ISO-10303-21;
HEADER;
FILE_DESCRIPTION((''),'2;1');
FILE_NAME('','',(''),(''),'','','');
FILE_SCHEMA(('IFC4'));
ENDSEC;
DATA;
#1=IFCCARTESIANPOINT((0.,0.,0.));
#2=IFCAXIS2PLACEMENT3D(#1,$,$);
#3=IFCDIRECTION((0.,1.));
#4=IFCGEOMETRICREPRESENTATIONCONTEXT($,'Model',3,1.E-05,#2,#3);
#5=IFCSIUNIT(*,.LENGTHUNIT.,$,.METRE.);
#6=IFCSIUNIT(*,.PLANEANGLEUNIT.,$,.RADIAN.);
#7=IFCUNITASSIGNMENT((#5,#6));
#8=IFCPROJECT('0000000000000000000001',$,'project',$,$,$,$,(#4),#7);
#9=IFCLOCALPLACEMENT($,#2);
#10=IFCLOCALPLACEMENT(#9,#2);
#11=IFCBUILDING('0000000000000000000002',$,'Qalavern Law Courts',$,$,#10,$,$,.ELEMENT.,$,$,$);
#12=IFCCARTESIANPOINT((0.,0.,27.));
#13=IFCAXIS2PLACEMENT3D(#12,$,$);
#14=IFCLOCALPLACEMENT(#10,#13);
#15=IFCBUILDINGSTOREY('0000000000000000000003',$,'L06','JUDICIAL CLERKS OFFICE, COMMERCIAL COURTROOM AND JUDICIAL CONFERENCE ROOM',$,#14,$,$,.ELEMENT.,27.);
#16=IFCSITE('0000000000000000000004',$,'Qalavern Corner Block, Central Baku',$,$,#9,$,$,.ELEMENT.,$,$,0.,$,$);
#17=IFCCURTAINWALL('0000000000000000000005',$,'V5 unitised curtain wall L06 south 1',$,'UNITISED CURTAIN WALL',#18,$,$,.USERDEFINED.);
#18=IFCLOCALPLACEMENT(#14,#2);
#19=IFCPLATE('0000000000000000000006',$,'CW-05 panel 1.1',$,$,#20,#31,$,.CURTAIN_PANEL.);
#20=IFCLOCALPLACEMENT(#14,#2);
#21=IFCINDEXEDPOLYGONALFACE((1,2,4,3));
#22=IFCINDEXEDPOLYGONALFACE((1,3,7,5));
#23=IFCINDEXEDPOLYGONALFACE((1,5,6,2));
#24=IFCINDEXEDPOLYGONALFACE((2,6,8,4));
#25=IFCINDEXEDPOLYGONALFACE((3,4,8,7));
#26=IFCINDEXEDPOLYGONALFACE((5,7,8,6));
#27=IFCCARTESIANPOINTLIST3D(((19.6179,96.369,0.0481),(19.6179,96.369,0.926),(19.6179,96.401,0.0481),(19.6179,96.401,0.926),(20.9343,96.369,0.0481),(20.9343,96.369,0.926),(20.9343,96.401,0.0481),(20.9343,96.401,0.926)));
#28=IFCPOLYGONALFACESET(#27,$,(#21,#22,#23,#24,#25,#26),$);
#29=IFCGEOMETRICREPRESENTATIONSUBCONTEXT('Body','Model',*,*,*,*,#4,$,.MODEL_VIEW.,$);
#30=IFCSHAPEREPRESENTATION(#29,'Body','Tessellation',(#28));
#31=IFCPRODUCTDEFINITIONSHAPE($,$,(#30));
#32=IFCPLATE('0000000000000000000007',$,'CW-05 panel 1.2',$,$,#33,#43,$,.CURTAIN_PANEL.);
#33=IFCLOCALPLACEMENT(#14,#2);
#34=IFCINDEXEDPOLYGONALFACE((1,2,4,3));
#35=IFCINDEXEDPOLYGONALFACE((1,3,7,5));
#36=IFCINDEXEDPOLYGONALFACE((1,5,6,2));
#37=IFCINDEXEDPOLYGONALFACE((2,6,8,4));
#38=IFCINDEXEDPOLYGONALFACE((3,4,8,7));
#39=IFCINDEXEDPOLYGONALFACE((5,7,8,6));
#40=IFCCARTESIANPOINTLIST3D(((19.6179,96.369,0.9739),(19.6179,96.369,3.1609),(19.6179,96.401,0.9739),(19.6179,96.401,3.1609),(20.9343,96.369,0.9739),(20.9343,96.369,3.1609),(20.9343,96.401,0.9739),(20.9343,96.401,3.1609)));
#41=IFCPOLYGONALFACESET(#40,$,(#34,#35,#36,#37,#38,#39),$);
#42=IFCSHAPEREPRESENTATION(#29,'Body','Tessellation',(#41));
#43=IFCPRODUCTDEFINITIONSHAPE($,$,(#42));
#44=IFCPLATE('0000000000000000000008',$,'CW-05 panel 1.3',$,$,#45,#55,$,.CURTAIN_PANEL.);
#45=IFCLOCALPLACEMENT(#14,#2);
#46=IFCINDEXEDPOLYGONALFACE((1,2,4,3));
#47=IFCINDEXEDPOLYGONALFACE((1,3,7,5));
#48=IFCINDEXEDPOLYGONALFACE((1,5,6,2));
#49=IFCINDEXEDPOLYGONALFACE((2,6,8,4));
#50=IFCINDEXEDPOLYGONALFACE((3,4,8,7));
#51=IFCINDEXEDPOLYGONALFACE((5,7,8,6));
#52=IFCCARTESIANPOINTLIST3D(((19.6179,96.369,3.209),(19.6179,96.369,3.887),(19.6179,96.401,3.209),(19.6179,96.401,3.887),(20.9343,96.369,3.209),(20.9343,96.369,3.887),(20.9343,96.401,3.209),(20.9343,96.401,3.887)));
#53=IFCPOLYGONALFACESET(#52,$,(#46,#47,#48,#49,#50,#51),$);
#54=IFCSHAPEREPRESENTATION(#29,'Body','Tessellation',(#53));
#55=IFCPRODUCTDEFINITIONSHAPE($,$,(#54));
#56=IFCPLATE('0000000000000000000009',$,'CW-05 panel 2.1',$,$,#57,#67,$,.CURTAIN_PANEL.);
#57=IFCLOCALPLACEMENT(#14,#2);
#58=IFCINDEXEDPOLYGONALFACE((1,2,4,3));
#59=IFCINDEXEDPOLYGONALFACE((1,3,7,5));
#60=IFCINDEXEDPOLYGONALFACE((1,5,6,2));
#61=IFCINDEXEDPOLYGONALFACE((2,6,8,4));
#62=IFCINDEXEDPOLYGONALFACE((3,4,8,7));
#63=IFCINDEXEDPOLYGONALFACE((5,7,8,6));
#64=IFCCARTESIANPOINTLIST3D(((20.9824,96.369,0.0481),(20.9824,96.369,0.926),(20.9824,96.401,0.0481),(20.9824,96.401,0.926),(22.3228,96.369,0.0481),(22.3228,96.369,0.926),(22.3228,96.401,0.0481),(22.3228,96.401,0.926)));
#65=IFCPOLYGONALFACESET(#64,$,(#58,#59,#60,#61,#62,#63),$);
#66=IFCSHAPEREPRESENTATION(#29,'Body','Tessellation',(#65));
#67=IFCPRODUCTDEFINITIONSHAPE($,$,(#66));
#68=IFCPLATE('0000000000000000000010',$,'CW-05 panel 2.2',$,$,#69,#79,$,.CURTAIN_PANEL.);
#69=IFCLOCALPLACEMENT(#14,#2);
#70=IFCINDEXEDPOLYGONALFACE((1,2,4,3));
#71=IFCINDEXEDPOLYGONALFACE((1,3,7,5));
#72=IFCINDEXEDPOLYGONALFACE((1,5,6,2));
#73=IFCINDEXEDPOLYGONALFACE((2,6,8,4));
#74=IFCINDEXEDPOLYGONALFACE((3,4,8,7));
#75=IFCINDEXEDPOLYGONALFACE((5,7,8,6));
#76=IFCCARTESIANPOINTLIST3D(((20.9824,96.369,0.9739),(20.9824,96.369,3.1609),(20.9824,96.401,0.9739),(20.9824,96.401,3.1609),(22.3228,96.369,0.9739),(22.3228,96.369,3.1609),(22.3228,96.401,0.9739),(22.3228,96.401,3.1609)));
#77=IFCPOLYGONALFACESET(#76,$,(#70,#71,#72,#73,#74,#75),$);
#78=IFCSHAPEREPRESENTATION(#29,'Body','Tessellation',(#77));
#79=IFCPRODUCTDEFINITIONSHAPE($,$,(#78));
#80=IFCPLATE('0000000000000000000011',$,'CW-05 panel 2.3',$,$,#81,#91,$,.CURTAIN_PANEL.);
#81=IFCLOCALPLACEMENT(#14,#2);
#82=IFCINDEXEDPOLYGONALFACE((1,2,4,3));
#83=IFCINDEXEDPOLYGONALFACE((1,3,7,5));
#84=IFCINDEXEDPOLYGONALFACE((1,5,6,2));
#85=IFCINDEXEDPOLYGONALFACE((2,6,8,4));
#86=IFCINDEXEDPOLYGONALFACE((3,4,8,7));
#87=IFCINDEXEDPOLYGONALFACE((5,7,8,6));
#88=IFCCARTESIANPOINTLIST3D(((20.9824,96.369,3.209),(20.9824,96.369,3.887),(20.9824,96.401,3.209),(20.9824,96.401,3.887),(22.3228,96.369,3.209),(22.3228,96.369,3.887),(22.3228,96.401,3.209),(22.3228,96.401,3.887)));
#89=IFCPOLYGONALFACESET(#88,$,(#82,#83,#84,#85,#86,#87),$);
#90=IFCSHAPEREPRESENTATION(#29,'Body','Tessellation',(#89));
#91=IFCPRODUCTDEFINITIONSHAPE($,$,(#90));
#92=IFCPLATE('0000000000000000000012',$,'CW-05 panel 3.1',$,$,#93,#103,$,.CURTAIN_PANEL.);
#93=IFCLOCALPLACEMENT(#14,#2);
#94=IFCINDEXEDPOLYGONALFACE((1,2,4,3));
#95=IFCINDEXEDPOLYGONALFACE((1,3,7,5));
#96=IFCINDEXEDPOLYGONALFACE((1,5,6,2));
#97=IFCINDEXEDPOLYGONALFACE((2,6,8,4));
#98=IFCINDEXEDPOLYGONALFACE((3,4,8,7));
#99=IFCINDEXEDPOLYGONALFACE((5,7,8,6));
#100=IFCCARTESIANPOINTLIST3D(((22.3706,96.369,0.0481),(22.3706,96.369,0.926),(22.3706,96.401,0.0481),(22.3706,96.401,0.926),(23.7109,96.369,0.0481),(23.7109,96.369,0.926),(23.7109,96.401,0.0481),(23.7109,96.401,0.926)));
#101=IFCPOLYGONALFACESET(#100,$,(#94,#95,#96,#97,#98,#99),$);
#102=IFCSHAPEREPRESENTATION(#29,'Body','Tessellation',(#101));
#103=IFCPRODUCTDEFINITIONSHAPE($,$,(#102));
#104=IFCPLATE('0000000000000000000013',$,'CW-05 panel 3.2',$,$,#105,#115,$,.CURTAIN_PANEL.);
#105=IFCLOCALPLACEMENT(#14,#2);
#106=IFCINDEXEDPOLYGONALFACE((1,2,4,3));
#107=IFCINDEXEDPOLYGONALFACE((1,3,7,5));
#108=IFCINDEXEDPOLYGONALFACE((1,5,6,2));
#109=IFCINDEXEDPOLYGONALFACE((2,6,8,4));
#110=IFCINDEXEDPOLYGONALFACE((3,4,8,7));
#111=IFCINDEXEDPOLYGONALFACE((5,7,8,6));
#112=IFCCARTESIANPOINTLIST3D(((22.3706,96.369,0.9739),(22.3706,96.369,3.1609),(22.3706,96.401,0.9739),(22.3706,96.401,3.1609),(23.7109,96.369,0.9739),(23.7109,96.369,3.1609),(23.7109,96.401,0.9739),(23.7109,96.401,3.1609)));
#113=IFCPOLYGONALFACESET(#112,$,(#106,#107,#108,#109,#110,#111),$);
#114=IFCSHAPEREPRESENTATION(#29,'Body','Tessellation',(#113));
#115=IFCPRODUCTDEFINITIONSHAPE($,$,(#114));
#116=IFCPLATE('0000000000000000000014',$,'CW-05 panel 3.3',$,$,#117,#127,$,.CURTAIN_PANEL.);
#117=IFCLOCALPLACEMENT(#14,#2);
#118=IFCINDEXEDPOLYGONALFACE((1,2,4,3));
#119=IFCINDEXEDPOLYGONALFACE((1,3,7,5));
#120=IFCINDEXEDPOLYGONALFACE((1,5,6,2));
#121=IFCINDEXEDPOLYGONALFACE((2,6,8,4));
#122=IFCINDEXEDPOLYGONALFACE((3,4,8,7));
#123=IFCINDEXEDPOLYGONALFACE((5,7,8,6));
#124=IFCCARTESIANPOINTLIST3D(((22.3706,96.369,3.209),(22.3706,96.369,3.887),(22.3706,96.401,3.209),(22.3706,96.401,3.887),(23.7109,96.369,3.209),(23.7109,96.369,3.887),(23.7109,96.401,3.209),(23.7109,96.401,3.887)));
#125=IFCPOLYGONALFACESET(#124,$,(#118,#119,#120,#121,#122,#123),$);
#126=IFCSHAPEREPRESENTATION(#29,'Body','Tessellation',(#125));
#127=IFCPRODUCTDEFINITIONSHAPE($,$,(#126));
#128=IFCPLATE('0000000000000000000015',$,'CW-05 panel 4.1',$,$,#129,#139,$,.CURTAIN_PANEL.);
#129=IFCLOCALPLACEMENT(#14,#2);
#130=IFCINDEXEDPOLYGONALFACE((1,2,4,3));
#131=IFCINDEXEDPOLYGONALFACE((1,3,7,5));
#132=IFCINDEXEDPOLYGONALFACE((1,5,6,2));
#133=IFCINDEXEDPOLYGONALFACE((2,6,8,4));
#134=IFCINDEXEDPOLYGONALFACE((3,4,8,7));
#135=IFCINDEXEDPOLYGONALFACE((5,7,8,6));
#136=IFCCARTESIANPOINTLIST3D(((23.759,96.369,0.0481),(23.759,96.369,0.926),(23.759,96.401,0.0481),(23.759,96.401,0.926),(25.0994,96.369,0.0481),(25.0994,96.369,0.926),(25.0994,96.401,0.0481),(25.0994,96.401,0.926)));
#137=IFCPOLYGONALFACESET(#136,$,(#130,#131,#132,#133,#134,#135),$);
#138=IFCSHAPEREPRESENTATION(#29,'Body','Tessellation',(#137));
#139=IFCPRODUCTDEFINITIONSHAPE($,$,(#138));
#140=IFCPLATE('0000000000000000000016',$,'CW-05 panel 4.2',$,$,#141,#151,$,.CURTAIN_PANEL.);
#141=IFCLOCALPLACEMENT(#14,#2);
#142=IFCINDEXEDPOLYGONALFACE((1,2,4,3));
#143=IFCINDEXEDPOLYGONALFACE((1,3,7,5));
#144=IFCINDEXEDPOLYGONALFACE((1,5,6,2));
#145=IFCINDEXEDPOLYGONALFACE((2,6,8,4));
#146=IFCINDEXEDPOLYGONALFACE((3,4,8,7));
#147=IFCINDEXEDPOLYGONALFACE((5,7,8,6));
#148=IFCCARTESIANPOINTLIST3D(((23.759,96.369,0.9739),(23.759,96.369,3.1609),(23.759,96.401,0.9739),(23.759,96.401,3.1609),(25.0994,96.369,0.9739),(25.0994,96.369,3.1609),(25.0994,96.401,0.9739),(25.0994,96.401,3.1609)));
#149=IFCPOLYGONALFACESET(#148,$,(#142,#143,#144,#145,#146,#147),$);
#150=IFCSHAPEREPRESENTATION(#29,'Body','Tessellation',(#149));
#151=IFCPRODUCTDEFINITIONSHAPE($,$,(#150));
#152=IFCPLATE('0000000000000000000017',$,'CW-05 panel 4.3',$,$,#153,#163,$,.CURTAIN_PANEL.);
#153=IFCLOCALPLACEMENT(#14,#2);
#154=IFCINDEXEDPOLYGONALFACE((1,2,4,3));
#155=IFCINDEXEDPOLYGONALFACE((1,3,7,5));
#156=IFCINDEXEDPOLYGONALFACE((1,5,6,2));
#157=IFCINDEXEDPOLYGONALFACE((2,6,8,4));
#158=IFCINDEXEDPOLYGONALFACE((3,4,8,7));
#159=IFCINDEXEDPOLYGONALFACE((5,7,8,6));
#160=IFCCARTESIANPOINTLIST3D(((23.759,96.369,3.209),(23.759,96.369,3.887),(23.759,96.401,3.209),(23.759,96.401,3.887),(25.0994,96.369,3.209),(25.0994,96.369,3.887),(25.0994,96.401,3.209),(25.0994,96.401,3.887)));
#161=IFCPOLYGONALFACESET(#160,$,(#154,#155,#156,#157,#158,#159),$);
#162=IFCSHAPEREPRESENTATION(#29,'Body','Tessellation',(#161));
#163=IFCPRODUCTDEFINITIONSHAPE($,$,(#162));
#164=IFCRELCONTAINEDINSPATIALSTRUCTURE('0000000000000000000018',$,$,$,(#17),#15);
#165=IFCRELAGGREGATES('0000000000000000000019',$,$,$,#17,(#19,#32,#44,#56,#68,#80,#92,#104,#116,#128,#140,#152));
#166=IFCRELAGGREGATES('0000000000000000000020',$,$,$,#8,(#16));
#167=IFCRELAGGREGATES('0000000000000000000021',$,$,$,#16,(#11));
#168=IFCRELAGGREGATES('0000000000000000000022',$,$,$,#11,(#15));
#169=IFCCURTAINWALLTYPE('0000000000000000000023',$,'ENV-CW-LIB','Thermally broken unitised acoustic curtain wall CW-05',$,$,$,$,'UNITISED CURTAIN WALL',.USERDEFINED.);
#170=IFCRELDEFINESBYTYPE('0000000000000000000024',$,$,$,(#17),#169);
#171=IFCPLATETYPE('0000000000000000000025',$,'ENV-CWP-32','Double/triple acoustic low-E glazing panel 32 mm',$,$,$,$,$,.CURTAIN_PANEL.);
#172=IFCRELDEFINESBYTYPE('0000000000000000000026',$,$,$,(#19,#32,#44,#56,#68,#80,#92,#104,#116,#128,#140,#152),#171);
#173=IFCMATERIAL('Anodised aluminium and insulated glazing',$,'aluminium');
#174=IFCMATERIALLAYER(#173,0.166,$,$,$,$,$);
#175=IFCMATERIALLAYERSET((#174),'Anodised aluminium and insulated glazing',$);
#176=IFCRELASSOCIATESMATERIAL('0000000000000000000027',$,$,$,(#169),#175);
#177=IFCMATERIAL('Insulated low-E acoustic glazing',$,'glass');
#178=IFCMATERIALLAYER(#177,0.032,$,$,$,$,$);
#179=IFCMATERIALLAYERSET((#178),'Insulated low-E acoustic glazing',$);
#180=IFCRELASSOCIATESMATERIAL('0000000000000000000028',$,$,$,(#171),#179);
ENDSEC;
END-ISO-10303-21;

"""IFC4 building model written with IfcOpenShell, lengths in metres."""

from ifc_helpers import new_model, si_unit, direction, frame, origin, origin_2d, place, context, subcontext, project, spatial, rectangle, extrude, material, layer, layer_set, type_object, element, aggregate, save


model = new_model("IFC4")

# Units and contexts
model_context = context("Model", 3, precision=1e-05, world=origin(), true_north=direction((0.0, 1.0)))
body_context = subcontext(model_context, "Body", "Model", "MODEL_VIEW")
ifc_project = project(units=[si_unit("LENGTHUNIT", "METRE"), si_unit("PLANEANGLEUNIT", "RADIAN")], contexts=[model_context])

# Site, building, storey
site_placement = place(None, origin())
site = spatial("IfcSite", under=ifc_project, at=site_placement, Name="Qalavern Corner Block, Central Baku", CompositionType="ELEMENT", RefElevation=0.0)
building_placement = place(site_placement, origin())
building = spatial("IfcBuilding", under=site, at=building_placement, Name="Qalavern Law Courts", CompositionType="ELEMENT")
storey_placement = place(building_placement, frame((0.0, 0.0, 27.0)))
storey = spatial("IfcBuildingStorey", under=building, at=storey_placement, Name="L06", Description="JUDICIAL CLERKS OFFICE, COMMERCIAL COURTROOM AND JUDICIAL CONFERENCE ROOM", CompositionType="ELEMENT", Elevation=27.0)

# Curtain wall, plates
ifc_material_1 = material(Name="Anodised aluminium and insulated glazing", Category="aluminium")
ifc_layer_1 = layer(ifc_material_1, 0.166)
ifc_layer_set_1 = layer_set([ifc_layer_1], Name="Anodised aluminium and insulated glazing")
curtain_wall_type = type_object("IfcCurtainWallType", Name="ENV-CW-LIB", Description="Thermally broken unitised acoustic curtain wall CW-05", ElementType="UNITISED CURTAIN WALL", PredefinedType="USERDEFINED", material=ifc_layer_set_1)
curtain_wall_placement = place(storey_placement, origin())
curtain_wall = element("IfcCurtainWall", 1, at=curtain_wall_placement, inside=storey, type_object=curtain_wall_type, Name="V5 unitised curtain wall L06 south 1", ObjectType="UNITISED CURTAIN WALL", PredefinedType="USERDEFINED")
ifc_material_2 = material(Name="Insulated low-E acoustic glazing", Category="glass")
ifc_layer_2 = layer(ifc_material_2, 0.032)
ifc_layer_set_2 = layer_set([ifc_layer_2], Name="Insulated low-E acoustic glazing")
plate_type = type_object("IfcPlateType", Name="ENV-CWP-32", Description="Double/triple acoustic low-E glazing panel 32 mm", PredefinedType="CURTAIN_PANEL", material=ifc_layer_set_2)
plate_1_placement = place(storey_placement, frame((20.2761, 96.385, 0.0481), z_axis=(0.0, 0.0, 1.0), x_axis=(1.0, 0.0, 0.0)))
plate_1 = element("IfcPlate", 2, at=plate_1_placement, type_object=plate_type, Name="CW-05 panel 1.1", PredefinedType="CURTAIN_PANEL", context=body_context, shape_type="SweptSolid", body=[
    extrude(rectangle(XDim=1.3164, YDim=0.032, at=origin_2d()), origin(), (0.0, 0.0, 1.0), 0.8779),
])
plate_2_placement = place(storey_placement, frame((20.2761, 96.385, 0.9739), z_axis=(0.0, 0.0, 1.0), x_axis=(1.0, 0.0, 0.0)))
plate_2 = element("IfcPlate", 3, at=plate_2_placement, type_object=plate_type, Name="CW-05 panel 1.2", PredefinedType="CURTAIN_PANEL", context=body_context, shape_type="SweptSolid", body=[
    extrude(rectangle(XDim=1.3164, YDim=0.032, at=origin_2d()), origin(), (0.0, 0.0, 1.0), 2.187),
])
plate_3_placement = place(storey_placement, frame((20.2761, 96.385, 3.209), z_axis=(0.0, 0.0, 1.0), x_axis=(1.0, 0.0, 0.0)))
plate_3 = element("IfcPlate", 4, at=plate_3_placement, type_object=plate_type, Name="CW-05 panel 1.3", PredefinedType="CURTAIN_PANEL", context=body_context, shape_type="SweptSolid", body=[
    extrude(rectangle(XDim=1.3164, YDim=0.032, at=origin_2d()), origin(), (0.0, 0.0, 1.0), 0.678),
])
plate_4_placement = place(storey_placement, frame((21.6526, 96.385, 0.0481), z_axis=(0.0, 0.0, 1.0), x_axis=(1.0, 0.0, 0.0)))
plate_4 = element("IfcPlate", 5, at=plate_4_placement, type_object=plate_type, Name="CW-05 panel 2.1", PredefinedType="CURTAIN_PANEL", context=body_context, shape_type="SweptSolid", body=[
    extrude(rectangle(XDim=1.3403, YDim=0.032, at=origin_2d()), origin(), (0.0, 0.0, 1.0), 0.8779),
])
plate_5_placement = place(storey_placement, frame((21.6526, 96.385, 0.9739), z_axis=(0.0, 0.0, 1.0), x_axis=(1.0, 0.0, 0.0)))
plate_5 = element("IfcPlate", 6, at=plate_5_placement, type_object=plate_type, Name="CW-05 panel 2.2", PredefinedType="CURTAIN_PANEL", context=body_context, shape_type="SweptSolid", body=[
    extrude(rectangle(XDim=1.3403, YDim=0.032, at=origin_2d()), origin(), (0.0, 0.0, 1.0), 2.187),
])
plate_6_placement = place(storey_placement, frame((21.6526, 96.385, 3.209), z_axis=(0.0, 0.0, 1.0), x_axis=(1.0, 0.0, 0.0)))
plate_6 = element("IfcPlate", 7, at=plate_6_placement, type_object=plate_type, Name="CW-05 panel 2.3", PredefinedType="CURTAIN_PANEL", context=body_context, shape_type="SweptSolid", body=[
    extrude(rectangle(XDim=1.3403, YDim=0.032, at=origin_2d()), origin(), (0.0, 0.0, 1.0), 0.678),
])
plate_7_placement = place(storey_placement, frame((23.0408, 96.385, 0.0481), z_axis=(0.0, 0.0, 1.0), x_axis=(1.0, 0.0, 0.0)))
plate_7 = element("IfcPlate", 8, at=plate_7_placement, type_object=plate_type, Name="CW-05 panel 3.1", PredefinedType="CURTAIN_PANEL", context=body_context, shape_type="SweptSolid", body=[
    extrude(rectangle(XDim=1.3403, YDim=0.032, at=origin_2d()), origin(), (0.0, 0.0, 1.0), 0.8779),
])
plate_8_placement = place(storey_placement, frame((23.0408, 96.385, 0.9739), z_axis=(0.0, 0.0, 1.0), x_axis=(1.0, 0.0, 0.0)))
plate_8 = element("IfcPlate", 9, at=plate_8_placement, type_object=plate_type, Name="CW-05 panel 3.2", PredefinedType="CURTAIN_PANEL", context=body_context, shape_type="SweptSolid", body=[
    extrude(rectangle(XDim=1.3403, YDim=0.032, at=origin_2d()), origin(), (0.0, 0.0, 1.0), 2.187),
])
plate_9_placement = place(storey_placement, frame((23.0408, 96.385, 3.209), z_axis=(0.0, 0.0, 1.0), x_axis=(1.0, 0.0, 0.0)))
plate_9 = element("IfcPlate", 10, at=plate_9_placement, type_object=plate_type, Name="CW-05 panel 3.3", PredefinedType="CURTAIN_PANEL", context=body_context, shape_type="SweptSolid", body=[
    extrude(rectangle(XDim=1.3403, YDim=0.032, at=origin_2d()), origin(), (0.0, 0.0, 1.0), 0.678),
])
plate_10_placement = place(storey_placement, frame((24.4292, 96.385, 0.0481), z_axis=(0.0, 0.0, 1.0), x_axis=(1.0, 0.0, 0.0)))
plate_10 = element("IfcPlate", 11, at=plate_10_placement, type_object=plate_type, Name="CW-05 panel 4.1", PredefinedType="CURTAIN_PANEL", context=body_context, shape_type="SweptSolid", body=[
    extrude(rectangle(XDim=1.3403, YDim=0.032, at=origin_2d()), origin(), (0.0, 0.0, 1.0), 0.8779),
])
plate_11_placement = place(storey_placement, frame((24.4292, 96.385, 0.9739), z_axis=(0.0, 0.0, 1.0), x_axis=(1.0, 0.0, 0.0)))
plate_11 = element("IfcPlate", 12, at=plate_11_placement, type_object=plate_type, Name="CW-05 panel 4.2", PredefinedType="CURTAIN_PANEL", context=body_context, shape_type="SweptSolid", body=[
    extrude(rectangle(XDim=1.3403, YDim=0.032, at=origin_2d()), origin(), (0.0, 0.0, 1.0), 2.187),
])
plate_12_placement = place(storey_placement, frame((24.4292, 96.385, 3.209), z_axis=(0.0, 0.0, 1.0), x_axis=(1.0, 0.0, 0.0)))
plate_12 = element("IfcPlate", 13, at=plate_12_placement, type_object=plate_type, Name="CW-05 panel 4.3", PredefinedType="CURTAIN_PANEL", context=body_context, shape_type="SweptSolid", body=[
    extrude(rectangle(XDim=1.3403, YDim=0.032, at=origin_2d()), origin(), (0.0, 0.0, 1.0), 0.678),
])
aggregate(curtain_wall, [plate_1, plate_2, plate_3, plate_4, plate_5, plate_6, plate_7, plate_8, plate_9, plate_10, plate_11, plate_12])

save(model, "model.ifc")
